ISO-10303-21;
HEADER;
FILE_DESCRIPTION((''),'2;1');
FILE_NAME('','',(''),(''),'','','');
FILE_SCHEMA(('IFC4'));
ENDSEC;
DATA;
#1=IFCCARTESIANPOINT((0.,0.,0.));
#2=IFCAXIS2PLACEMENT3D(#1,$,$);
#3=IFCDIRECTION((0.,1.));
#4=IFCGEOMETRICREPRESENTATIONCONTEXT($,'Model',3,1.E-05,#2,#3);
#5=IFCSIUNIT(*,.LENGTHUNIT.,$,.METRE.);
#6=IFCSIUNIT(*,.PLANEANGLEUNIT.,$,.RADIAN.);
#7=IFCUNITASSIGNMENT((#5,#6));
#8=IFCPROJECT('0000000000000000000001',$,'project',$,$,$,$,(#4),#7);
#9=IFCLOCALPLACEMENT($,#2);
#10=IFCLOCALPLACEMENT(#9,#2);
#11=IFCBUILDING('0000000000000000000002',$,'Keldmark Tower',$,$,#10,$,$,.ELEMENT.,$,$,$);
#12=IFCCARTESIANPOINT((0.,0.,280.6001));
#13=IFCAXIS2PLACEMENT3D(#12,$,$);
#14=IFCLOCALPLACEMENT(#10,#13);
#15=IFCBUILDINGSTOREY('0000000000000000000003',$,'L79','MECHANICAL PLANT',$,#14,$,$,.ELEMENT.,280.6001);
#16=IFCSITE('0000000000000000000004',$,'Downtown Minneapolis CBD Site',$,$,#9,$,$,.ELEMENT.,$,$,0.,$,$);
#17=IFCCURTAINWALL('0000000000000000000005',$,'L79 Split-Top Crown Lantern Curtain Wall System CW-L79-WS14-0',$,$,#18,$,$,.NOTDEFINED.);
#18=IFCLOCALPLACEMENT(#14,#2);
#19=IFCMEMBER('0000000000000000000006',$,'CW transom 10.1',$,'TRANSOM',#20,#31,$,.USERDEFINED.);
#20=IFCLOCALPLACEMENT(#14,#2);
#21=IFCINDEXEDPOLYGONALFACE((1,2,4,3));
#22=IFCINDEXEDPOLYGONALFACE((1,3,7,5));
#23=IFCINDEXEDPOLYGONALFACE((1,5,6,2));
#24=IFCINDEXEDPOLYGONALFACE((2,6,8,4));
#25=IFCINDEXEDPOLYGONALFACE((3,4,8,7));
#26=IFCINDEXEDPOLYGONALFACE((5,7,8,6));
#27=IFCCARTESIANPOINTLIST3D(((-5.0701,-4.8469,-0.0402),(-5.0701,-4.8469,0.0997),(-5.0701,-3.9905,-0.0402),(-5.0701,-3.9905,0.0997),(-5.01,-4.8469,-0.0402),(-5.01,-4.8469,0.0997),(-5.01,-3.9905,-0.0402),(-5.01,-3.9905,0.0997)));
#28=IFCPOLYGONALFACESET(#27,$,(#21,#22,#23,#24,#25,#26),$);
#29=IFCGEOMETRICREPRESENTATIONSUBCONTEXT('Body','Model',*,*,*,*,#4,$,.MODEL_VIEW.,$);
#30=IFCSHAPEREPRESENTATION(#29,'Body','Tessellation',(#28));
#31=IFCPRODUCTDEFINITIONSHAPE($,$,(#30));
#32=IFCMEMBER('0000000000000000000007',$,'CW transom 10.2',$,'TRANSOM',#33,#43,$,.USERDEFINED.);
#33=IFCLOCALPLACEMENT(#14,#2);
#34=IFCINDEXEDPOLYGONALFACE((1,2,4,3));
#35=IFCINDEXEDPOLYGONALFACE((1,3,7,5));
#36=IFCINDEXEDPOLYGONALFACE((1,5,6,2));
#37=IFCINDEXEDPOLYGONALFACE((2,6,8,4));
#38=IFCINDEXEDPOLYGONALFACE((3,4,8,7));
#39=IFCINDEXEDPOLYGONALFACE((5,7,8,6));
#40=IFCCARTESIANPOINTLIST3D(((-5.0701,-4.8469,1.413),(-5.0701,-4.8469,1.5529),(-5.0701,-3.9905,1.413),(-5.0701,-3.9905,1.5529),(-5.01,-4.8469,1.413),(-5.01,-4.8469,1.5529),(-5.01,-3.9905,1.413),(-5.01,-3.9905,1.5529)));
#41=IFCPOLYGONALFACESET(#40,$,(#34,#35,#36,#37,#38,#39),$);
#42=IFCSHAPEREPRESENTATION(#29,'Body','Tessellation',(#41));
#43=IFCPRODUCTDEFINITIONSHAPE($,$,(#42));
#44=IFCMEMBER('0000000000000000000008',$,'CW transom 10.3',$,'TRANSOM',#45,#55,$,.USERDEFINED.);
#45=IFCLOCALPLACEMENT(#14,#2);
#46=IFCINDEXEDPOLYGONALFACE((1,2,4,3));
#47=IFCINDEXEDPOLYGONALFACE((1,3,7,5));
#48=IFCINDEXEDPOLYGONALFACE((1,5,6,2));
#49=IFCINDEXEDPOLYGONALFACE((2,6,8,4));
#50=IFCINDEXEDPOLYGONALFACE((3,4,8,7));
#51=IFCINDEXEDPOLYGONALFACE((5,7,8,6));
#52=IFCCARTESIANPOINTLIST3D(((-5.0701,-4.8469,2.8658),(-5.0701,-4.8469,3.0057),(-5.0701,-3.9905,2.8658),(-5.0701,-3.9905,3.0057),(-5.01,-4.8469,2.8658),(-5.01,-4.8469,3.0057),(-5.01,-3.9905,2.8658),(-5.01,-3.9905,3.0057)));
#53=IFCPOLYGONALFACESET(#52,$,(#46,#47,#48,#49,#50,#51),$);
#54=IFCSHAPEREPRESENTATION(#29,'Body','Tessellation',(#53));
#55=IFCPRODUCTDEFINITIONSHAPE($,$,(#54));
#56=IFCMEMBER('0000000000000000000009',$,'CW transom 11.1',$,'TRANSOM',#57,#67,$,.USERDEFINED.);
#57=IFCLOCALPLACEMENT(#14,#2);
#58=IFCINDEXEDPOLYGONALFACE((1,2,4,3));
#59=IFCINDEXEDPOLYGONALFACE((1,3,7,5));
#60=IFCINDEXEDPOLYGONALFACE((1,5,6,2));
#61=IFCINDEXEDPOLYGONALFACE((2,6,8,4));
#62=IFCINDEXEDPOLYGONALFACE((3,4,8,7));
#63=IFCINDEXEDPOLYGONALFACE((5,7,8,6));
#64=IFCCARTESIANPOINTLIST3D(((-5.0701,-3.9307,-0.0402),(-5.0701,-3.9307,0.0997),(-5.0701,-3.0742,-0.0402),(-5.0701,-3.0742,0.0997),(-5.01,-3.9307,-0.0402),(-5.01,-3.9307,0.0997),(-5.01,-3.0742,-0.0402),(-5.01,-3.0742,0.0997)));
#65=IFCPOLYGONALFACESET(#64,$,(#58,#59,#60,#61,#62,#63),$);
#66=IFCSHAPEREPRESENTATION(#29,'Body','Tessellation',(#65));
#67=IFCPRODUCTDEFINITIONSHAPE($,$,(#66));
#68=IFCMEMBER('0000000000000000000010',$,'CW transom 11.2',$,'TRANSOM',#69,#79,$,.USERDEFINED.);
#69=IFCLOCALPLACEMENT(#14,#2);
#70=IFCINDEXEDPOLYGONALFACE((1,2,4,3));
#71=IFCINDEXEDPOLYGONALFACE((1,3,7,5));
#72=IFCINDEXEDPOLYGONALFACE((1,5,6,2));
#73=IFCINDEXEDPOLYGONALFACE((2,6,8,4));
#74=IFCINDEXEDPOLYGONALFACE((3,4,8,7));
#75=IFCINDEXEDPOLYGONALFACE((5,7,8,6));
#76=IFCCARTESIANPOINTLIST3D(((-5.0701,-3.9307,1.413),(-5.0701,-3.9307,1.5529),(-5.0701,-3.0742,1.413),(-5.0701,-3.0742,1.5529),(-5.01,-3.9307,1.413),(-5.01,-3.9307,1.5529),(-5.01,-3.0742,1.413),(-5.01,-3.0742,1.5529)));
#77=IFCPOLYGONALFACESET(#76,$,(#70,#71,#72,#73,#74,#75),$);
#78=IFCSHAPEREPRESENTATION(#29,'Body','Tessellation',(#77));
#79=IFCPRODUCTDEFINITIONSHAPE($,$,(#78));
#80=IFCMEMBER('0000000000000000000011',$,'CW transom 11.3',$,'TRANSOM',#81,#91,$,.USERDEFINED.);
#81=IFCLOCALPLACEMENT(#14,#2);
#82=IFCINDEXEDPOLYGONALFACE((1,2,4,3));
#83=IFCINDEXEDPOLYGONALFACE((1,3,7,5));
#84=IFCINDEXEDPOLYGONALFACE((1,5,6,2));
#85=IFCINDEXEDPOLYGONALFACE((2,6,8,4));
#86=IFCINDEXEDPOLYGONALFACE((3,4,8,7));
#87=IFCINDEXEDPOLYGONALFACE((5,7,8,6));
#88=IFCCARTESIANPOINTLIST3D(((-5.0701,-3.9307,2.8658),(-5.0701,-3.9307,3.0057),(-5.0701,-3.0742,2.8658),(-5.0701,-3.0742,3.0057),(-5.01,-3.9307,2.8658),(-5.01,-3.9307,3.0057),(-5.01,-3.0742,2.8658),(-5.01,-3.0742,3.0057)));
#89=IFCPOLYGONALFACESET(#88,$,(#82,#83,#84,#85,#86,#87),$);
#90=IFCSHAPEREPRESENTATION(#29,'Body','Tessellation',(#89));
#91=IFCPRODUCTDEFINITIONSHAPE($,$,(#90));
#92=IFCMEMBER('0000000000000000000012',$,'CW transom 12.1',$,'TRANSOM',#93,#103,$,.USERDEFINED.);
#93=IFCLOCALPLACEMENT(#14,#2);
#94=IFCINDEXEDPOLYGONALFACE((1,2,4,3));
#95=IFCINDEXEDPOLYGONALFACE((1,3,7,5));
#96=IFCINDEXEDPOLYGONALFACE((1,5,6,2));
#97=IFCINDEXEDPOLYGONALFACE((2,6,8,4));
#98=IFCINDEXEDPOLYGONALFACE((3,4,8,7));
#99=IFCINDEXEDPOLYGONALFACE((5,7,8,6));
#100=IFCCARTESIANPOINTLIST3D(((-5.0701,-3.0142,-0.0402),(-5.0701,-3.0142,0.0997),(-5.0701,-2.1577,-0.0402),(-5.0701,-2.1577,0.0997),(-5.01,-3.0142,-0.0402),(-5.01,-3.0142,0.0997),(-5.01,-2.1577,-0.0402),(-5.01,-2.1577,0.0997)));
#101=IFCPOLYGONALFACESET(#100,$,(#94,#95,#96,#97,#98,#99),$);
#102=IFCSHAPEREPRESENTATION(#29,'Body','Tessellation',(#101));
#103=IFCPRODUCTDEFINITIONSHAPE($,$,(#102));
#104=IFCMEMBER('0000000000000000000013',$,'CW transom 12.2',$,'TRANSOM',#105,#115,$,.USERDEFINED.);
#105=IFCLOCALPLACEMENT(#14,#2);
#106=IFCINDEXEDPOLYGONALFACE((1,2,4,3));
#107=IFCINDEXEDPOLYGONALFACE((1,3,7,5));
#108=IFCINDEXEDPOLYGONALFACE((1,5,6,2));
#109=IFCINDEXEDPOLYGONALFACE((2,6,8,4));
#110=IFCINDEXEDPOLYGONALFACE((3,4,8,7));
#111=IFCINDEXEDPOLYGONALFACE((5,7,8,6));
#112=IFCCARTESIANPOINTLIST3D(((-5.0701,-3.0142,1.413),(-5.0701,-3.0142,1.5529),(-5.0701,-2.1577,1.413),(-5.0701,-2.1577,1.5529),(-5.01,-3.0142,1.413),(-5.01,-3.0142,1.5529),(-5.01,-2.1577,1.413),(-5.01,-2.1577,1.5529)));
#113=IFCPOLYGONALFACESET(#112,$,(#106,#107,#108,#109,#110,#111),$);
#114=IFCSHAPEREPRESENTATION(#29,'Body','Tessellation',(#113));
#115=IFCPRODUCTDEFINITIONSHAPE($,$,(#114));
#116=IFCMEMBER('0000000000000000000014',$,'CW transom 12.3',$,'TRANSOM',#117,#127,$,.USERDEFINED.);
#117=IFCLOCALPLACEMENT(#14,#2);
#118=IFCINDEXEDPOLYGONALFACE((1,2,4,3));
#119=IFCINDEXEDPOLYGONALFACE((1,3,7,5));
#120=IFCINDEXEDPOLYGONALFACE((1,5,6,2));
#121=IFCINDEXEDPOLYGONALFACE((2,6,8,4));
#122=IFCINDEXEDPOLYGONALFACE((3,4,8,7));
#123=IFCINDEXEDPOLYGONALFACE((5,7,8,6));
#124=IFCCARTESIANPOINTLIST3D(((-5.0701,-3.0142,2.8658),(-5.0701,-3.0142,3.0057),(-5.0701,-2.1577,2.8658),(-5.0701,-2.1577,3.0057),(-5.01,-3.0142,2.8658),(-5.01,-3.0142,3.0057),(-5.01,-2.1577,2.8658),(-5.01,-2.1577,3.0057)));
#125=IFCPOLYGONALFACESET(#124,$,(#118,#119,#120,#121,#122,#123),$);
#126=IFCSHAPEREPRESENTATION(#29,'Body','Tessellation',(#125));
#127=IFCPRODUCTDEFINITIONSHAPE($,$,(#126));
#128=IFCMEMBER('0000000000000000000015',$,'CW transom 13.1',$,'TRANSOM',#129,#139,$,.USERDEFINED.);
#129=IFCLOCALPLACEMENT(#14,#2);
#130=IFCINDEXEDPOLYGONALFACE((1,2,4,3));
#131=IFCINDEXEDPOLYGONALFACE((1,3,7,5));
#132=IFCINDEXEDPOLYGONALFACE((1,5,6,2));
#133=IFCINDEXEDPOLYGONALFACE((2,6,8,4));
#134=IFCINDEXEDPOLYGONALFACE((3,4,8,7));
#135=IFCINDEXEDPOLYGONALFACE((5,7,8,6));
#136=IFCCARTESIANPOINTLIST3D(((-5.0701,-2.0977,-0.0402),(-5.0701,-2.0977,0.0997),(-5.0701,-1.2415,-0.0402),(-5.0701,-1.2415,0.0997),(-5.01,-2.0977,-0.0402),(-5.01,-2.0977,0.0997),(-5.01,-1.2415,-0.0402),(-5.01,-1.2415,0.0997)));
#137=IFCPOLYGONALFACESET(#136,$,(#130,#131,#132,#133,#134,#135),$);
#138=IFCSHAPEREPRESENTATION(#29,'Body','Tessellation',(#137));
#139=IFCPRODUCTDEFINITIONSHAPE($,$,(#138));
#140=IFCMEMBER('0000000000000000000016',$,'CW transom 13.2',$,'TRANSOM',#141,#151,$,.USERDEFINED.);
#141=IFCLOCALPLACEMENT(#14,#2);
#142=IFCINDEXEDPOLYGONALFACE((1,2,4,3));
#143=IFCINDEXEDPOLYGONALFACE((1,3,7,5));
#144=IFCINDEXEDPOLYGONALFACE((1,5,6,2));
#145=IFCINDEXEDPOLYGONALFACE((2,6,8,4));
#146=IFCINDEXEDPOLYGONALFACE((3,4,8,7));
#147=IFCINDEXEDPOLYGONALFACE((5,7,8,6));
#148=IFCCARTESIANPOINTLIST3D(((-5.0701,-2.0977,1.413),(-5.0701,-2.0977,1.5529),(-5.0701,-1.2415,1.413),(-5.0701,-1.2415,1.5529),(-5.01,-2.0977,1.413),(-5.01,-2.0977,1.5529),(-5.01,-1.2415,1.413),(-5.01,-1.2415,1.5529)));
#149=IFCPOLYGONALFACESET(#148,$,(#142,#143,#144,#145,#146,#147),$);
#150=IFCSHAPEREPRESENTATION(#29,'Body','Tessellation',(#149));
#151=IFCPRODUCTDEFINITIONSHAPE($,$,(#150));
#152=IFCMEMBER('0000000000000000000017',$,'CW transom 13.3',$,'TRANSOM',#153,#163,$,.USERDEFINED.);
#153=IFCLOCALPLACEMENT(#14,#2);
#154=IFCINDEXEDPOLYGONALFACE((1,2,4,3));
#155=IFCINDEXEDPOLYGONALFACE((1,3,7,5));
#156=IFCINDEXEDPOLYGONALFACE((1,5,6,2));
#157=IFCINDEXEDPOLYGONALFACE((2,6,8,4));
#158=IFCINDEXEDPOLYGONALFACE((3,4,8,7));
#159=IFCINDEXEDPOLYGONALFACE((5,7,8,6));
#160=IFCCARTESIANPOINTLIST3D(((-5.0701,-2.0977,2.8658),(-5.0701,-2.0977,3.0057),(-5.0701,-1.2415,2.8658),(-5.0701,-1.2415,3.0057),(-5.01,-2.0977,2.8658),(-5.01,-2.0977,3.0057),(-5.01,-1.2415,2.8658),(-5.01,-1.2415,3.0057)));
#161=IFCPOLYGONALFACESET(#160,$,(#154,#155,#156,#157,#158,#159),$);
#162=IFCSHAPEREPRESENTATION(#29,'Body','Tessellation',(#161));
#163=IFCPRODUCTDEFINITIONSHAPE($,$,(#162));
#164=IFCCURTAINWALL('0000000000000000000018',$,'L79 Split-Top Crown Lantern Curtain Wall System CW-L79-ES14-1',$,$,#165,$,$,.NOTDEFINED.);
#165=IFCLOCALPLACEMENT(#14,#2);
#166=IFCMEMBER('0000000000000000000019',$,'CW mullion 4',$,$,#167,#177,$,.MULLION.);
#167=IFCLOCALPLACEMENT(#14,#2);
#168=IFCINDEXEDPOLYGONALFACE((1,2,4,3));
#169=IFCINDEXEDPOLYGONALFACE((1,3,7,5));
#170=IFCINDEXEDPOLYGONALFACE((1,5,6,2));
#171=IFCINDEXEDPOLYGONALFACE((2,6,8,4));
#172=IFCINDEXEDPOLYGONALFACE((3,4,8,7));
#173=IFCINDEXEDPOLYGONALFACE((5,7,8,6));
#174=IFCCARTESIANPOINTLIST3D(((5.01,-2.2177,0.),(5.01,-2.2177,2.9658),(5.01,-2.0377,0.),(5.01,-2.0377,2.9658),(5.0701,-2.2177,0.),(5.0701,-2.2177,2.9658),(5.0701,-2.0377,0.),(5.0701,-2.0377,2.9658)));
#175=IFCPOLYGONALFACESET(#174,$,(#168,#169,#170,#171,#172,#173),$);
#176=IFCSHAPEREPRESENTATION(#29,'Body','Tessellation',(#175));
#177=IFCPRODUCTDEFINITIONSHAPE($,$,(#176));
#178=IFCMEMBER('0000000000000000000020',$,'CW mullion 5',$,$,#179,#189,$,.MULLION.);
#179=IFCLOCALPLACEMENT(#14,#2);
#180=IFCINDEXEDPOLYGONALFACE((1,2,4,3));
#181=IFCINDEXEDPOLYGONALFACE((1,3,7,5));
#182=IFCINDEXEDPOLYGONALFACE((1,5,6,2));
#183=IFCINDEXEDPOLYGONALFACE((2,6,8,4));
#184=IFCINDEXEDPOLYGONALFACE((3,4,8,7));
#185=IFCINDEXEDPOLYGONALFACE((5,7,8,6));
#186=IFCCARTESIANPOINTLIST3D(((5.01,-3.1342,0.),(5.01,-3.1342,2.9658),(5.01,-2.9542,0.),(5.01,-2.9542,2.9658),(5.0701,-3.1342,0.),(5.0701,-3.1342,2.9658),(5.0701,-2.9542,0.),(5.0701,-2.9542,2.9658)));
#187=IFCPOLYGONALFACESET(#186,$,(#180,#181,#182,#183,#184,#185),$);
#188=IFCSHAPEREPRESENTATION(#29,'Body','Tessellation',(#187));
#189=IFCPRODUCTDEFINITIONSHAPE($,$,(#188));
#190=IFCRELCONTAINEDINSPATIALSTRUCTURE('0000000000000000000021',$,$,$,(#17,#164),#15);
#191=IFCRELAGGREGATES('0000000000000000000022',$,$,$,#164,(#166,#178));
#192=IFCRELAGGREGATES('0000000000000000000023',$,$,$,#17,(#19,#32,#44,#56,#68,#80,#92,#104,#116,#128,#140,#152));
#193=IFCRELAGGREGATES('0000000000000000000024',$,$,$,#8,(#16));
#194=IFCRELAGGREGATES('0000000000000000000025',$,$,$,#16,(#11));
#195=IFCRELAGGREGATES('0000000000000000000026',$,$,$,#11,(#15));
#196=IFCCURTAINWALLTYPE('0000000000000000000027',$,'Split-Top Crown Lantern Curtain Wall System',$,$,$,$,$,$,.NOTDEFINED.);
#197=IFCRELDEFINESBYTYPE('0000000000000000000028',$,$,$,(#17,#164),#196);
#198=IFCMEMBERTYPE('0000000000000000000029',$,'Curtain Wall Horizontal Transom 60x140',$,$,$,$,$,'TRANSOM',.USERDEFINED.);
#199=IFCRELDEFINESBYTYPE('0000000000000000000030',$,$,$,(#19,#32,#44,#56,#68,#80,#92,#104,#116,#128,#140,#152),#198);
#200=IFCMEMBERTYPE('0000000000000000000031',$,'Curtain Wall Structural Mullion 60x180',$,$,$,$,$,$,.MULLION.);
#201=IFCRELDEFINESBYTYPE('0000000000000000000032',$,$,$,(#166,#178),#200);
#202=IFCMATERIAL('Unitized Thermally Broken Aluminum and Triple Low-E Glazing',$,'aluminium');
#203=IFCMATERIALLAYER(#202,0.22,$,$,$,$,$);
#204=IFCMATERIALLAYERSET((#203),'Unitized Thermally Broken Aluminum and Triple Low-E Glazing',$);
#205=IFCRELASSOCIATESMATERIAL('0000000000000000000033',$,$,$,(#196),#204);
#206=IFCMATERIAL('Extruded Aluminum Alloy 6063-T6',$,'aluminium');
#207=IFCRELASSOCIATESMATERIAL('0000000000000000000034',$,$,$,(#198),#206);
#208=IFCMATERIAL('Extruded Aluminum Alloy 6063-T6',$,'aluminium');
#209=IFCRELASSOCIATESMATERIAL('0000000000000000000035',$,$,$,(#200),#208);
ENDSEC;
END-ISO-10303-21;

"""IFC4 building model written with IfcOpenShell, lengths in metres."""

from ifc_helpers import new_model, si_unit, direction, frame, origin, origin_2d, place, context, subcontext, project, spatial, rectangle, extrude, material, layer, layer_set, material_profile, profile_set, type_object, element, aggregate, save


model = new_model("IFC4")

# Units and contexts
model_context = context("Model", 3, precision=1e-05, world=origin(), true_north=direction((0.0, 1.0)))
body_context = subcontext(model_context, "Body", "Model", "MODEL_VIEW")
ifc_project = project(units=[si_unit("LENGTHUNIT", "METRE"), si_unit("PLANEANGLEUNIT", "RADIAN")], contexts=[model_context])

# Site, building, storey
site_placement = place(None, origin())
site = spatial("IfcSite", under=ifc_project, at=site_placement, Name="Downtown Minneapolis CBD Site", CompositionType="ELEMENT", RefElevation=0.0)
building_placement = place(site_placement, origin())
building = spatial("IfcBuilding", under=site, at=building_placement, Name="Keldmark Tower", CompositionType="ELEMENT")
storey_placement = place(building_placement, frame((0.0, 0.0, 280.6001)))
storey = spatial("IfcBuildingStorey", under=building, at=storey_placement, Name="L79", Description="MECHANICAL PLANT", CompositionType="ELEMENT", Elevation=280.6001)

# Curtain walls, members
ifc_material_1 = material(Name="Unitized Thermally Broken Aluminum and Triple Low-E Glazing", Category="aluminium")
ifc_layer_1 = layer(ifc_material_1, 0.22)
ifc_layer_set_1 = layer_set([ifc_layer_1], Name="Unitized Thermally Broken Aluminum and Triple Low-E Glazing")
curtain_wall_type = type_object("IfcCurtainWallType", Name="Split-Top Crown Lantern Curtain Wall System", PredefinedType="NOTDEFINED", material=ifc_layer_set_1)
curtain_wall_1_placement = place(storey_placement, origin())
curtain_wall_1 = element("IfcCurtainWall", 1, at=curtain_wall_1_placement, inside=storey, type_object=curtain_wall_type, Name="L79 Split-Top Crown Lantern Curtain Wall System CW-L79-WS14-0", PredefinedType="NOTDEFINED")
ifc_material_2 = material(Name="Extruded Aluminum Alloy 6063-T6", Category="aluminium")
ifc_material_profile_1 = material_profile(ifc_material_2, rectangle(XDim=0.0601, YDim=0.1399, at=origin_2d()), Name="CWT60X140")
ifc_profile_set_1 = profile_set([ifc_material_profile_1], Name="Extruded Aluminum Alloy 6063-T6")
member_type_1 = type_object("IfcMemberType", Name="Curtain Wall Horizontal Transom 60x140", ElementType="TRANSOM", PredefinedType="USERDEFINED", material=ifc_profile_set_1)
member_1_placement = place(storey_placement, frame((-5.04, -4.8469, 0.0298), z_axis=(0.0, 1.0, 0.0), x_axis=(-1.0, 0.0, 0.0)))
member_1 = element("IfcMember", 2, at=member_1_placement, type_object=member_type_1, Name="CW transom 10.1", ObjectType="TRANSOM", PredefinedType="USERDEFINED", context=body_context, shape_type="SweptSolid", body=[
    extrude(rectangle(XDim=0.0601, YDim=0.1399, at=origin_2d()), origin(), (0.0, 0.0, 1.0), 0.8564),
])
member_2_placement = place(storey_placement, frame((-5.04, -4.8469, 1.4829), z_axis=(0.0, 1.0, 0.0), x_axis=(-1.0, 0.0, 0.0)))
member_2 = element("IfcMember", 3, at=member_2_placement, type_object=member_type_1, Name="CW transom 10.2", ObjectType="TRANSOM", PredefinedType="USERDEFINED", context=body_context, shape_type="SweptSolid", body=[
    extrude(rectangle(XDim=0.0601, YDim=0.1399, at=origin_2d()), origin(), (0.0, 0.0, 1.0), 0.8564),
])
member_3_placement = place(storey_placement, frame((-5.04, -4.8469, 2.9358), z_axis=(0.0, 1.0, 0.0), x_axis=(-1.0, 0.0, 0.0)))
member_3 = element("IfcMember", 4, at=member_3_placement, type_object=member_type_1, Name="CW transom 10.3", ObjectType="TRANSOM", PredefinedType="USERDEFINED", context=body_context, shape_type="SweptSolid", body=[
    extrude(rectangle(XDim=0.0601, YDim=0.1399, at=origin_2d()), origin(), (0.0, 0.0, 1.0), 0.8564),
])
member_4_placement = place(storey_placement, frame((-5.04, -3.9307, 0.0298), z_axis=(0.0, 1.0, 0.0), x_axis=(-1.0, 0.0, 0.0)))
member_4 = element("IfcMember", 5, at=member_4_placement, type_object=member_type_1, Name="CW transom 11.1", ObjectType="TRANSOM", PredefinedType="USERDEFINED", context=body_context, shape_type="SweptSolid", body=[
    extrude(rectangle(XDim=0.0601, YDim=0.1399, at=origin_2d()), origin(), (0.0, 0.0, 1.0), 0.8564),
])
member_5_placement = place(storey_placement, frame((-5.04, -3.9307, 1.4829), z_axis=(0.0, 1.0, 0.0), x_axis=(-1.0, 0.0, 0.0)))
member_5 = element("IfcMember", 6, at=member_5_placement, type_object=member_type_1, Name="CW transom 11.2", ObjectType="TRANSOM", PredefinedType="USERDEFINED", context=body_context, shape_type="SweptSolid", body=[
    extrude(rectangle(XDim=0.0601, YDim=0.1399, at=origin_2d()), origin(), (0.0, 0.0, 1.0), 0.8564),
])
member_6_placement = place(storey_placement, frame((-5.04, -3.9307, 2.9358), z_axis=(0.0, 1.0, 0.0), x_axis=(-1.0, 0.0, 0.0)))
member_6 = element("IfcMember", 7, at=member_6_placement, type_object=member_type_1, Name="CW transom 11.3", ObjectType="TRANSOM", PredefinedType="USERDEFINED", context=body_context, shape_type="SweptSolid", body=[
    extrude(rectangle(XDim=0.0601, YDim=0.1399, at=origin_2d()), origin(), (0.0, 0.0, 1.0), 0.8564),
])
member_7_placement = place(storey_placement, frame((-5.04, -3.0142, 0.0298), z_axis=(0.0, 1.0, 0.0), x_axis=(-1.0, 0.0, 0.0)))
member_7 = element("IfcMember", 8, at=member_7_placement, type_object=member_type_1, Name="CW transom 12.1", ObjectType="TRANSOM", PredefinedType="USERDEFINED", context=body_context, shape_type="SweptSolid", body=[
    extrude(rectangle(XDim=0.0601, YDim=0.1399, at=origin_2d()), origin(), (0.0, 0.0, 1.0), 0.8564),
])
member_8_placement = place(storey_placement, frame((-5.04, -3.0142, 1.4829), z_axis=(0.0, 1.0, 0.0), x_axis=(-1.0, 0.0, 0.0)))
member_8 = element("IfcMember", 9, at=member_8_placement, type_object=member_type_1, Name="CW transom 12.2", ObjectType="TRANSOM", PredefinedType="USERDEFINED", context=body_context, shape_type="SweptSolid", body=[
    extrude(rectangle(XDim=0.0601, YDim=0.1399, at=origin_2d()), origin(), (0.0, 0.0, 1.0), 0.8564),
])
member_9_placement = place(storey_placement, frame((-5.04, -3.0142, 2.9358), z_axis=(0.0, 1.0, 0.0), x_axis=(-1.0, 0.0, 0.0)))
member_9 = element("IfcMember", 10, at=member_9_placement, type_object=member_type_1, Name="CW transom 12.3", ObjectType="TRANSOM", PredefinedType="USERDEFINED", context=body_context, shape_type="SweptSolid", body=[
    extrude(rectangle(XDim=0.0601, YDim=0.1399, at=origin_2d()), origin(), (0.0, 0.0, 1.0), 0.8564),
])
member_10_placement = place(storey_placement, frame((-5.04, -2.0977, 0.0298), z_axis=(0.0, 1.0, 0.0), x_axis=(-1.0, 0.0, 0.0)))
member_10 = element("IfcMember", 11, at=member_10_placement, type_object=member_type_1, Name="CW transom 13.1", ObjectType="TRANSOM", PredefinedType="USERDEFINED", context=body_context, shape_type="SweptSolid", body=[
    extrude(rectangle(XDim=0.0601, YDim=0.1399, at=origin_2d()), origin(), (0.0, 0.0, 1.0), 0.8562),
])
member_11_placement = place(storey_placement, frame((-5.04, -2.0977, 1.4829), z_axis=(0.0, 1.0, 0.0), x_axis=(-1.0, 0.0, 0.0)))
member_11 = element("IfcMember", 12, at=member_11_placement, type_object=member_type_1, Name="CW transom 13.2", ObjectType="TRANSOM", PredefinedType="USERDEFINED", context=body_context, shape_type="SweptSolid", body=[
    extrude(rectangle(XDim=0.0601, YDim=0.1399, at=origin_2d()), origin(), (0.0, 0.0, 1.0), 0.8562),
])
member_12_placement = place(storey_placement, frame((-5.04, -2.0977, 2.9358), z_axis=(0.0, 1.0, 0.0), x_axis=(-1.0, 0.0, 0.0)))
member_12 = element("IfcMember", 13, at=member_12_placement, type_object=member_type_1, Name="CW transom 13.3", ObjectType="TRANSOM", PredefinedType="USERDEFINED", context=body_context, shape_type="SweptSolid", body=[
    extrude(rectangle(XDim=0.0601, YDim=0.1399, at=origin_2d()), origin(), (0.0, 0.0, 1.0), 0.8562),
])
curtain_wall_2_placement = place(storey_placement, origin())
curtain_wall_2 = element("IfcCurtainWall", 14, at=curtain_wall_2_placement, inside=storey, type_object=curtain_wall_type, Name="L79 Split-Top Crown Lantern Curtain Wall System CW-L79-ES14-1", PredefinedType="NOTDEFINED")
ifc_material_3 = material(Name="Extruded Aluminum Alloy 6063-T6", Category="aluminium")
ifc_material_profile_2 = material_profile(ifc_material_3, rectangle(XDim=0.0601, YDim=0.1799, at=origin_2d()), Name="CWM60X180")
ifc_profile_set_2 = profile_set([ifc_material_profile_2], Name="Extruded Aluminum Alloy 6063-T6")
member_type_2 = type_object("IfcMemberType", Name="Curtain Wall Structural Mullion 60x180", PredefinedType="MULLION", material=ifc_profile_set_2)
member_13_placement = place(storey_placement, frame((5.04, -2.1277, 0.0), z_axis=(0.0, 0.0, 1.0), x_axis=(1.0, 0.0, 0.0)))
member_13 = element("IfcMember", 15, at=member_13_placement, type_object=member_type_2, Name="CW mullion 4", PredefinedType="MULLION", context=body_context, shape_type="SweptSolid", body=[
    extrude(rectangle(XDim=0.0601, YDim=0.1799, at=origin_2d()), origin(), (0.0, 0.0, 1.0), 2.9658),
])
member_14_placement = place(storey_placement, frame((5.04, -3.0442, 0.0), z_axis=(0.0, 0.0, 1.0), x_axis=(1.0, 0.0, 0.0)))
member_14 = element("IfcMember", 16, at=member_14_placement, type_object=member_type_2, Name="CW mullion 5", PredefinedType="MULLION", context=body_context, shape_type="SweptSolid", body=[
    extrude(rectangle(XDim=0.0601, YDim=0.1799, at=origin_2d()), origin(), (0.0, 0.0, 1.0), 2.9658),
])
aggregate(curtain_wall_2, [member_13, member_14])

aggregate(curtain_wall_1, [member_1, member_2, member_3, member_4, member_5, member_6, member_7, member_8, member_9, member_10, member_11, member_12])

save(model, "model.ifc")
